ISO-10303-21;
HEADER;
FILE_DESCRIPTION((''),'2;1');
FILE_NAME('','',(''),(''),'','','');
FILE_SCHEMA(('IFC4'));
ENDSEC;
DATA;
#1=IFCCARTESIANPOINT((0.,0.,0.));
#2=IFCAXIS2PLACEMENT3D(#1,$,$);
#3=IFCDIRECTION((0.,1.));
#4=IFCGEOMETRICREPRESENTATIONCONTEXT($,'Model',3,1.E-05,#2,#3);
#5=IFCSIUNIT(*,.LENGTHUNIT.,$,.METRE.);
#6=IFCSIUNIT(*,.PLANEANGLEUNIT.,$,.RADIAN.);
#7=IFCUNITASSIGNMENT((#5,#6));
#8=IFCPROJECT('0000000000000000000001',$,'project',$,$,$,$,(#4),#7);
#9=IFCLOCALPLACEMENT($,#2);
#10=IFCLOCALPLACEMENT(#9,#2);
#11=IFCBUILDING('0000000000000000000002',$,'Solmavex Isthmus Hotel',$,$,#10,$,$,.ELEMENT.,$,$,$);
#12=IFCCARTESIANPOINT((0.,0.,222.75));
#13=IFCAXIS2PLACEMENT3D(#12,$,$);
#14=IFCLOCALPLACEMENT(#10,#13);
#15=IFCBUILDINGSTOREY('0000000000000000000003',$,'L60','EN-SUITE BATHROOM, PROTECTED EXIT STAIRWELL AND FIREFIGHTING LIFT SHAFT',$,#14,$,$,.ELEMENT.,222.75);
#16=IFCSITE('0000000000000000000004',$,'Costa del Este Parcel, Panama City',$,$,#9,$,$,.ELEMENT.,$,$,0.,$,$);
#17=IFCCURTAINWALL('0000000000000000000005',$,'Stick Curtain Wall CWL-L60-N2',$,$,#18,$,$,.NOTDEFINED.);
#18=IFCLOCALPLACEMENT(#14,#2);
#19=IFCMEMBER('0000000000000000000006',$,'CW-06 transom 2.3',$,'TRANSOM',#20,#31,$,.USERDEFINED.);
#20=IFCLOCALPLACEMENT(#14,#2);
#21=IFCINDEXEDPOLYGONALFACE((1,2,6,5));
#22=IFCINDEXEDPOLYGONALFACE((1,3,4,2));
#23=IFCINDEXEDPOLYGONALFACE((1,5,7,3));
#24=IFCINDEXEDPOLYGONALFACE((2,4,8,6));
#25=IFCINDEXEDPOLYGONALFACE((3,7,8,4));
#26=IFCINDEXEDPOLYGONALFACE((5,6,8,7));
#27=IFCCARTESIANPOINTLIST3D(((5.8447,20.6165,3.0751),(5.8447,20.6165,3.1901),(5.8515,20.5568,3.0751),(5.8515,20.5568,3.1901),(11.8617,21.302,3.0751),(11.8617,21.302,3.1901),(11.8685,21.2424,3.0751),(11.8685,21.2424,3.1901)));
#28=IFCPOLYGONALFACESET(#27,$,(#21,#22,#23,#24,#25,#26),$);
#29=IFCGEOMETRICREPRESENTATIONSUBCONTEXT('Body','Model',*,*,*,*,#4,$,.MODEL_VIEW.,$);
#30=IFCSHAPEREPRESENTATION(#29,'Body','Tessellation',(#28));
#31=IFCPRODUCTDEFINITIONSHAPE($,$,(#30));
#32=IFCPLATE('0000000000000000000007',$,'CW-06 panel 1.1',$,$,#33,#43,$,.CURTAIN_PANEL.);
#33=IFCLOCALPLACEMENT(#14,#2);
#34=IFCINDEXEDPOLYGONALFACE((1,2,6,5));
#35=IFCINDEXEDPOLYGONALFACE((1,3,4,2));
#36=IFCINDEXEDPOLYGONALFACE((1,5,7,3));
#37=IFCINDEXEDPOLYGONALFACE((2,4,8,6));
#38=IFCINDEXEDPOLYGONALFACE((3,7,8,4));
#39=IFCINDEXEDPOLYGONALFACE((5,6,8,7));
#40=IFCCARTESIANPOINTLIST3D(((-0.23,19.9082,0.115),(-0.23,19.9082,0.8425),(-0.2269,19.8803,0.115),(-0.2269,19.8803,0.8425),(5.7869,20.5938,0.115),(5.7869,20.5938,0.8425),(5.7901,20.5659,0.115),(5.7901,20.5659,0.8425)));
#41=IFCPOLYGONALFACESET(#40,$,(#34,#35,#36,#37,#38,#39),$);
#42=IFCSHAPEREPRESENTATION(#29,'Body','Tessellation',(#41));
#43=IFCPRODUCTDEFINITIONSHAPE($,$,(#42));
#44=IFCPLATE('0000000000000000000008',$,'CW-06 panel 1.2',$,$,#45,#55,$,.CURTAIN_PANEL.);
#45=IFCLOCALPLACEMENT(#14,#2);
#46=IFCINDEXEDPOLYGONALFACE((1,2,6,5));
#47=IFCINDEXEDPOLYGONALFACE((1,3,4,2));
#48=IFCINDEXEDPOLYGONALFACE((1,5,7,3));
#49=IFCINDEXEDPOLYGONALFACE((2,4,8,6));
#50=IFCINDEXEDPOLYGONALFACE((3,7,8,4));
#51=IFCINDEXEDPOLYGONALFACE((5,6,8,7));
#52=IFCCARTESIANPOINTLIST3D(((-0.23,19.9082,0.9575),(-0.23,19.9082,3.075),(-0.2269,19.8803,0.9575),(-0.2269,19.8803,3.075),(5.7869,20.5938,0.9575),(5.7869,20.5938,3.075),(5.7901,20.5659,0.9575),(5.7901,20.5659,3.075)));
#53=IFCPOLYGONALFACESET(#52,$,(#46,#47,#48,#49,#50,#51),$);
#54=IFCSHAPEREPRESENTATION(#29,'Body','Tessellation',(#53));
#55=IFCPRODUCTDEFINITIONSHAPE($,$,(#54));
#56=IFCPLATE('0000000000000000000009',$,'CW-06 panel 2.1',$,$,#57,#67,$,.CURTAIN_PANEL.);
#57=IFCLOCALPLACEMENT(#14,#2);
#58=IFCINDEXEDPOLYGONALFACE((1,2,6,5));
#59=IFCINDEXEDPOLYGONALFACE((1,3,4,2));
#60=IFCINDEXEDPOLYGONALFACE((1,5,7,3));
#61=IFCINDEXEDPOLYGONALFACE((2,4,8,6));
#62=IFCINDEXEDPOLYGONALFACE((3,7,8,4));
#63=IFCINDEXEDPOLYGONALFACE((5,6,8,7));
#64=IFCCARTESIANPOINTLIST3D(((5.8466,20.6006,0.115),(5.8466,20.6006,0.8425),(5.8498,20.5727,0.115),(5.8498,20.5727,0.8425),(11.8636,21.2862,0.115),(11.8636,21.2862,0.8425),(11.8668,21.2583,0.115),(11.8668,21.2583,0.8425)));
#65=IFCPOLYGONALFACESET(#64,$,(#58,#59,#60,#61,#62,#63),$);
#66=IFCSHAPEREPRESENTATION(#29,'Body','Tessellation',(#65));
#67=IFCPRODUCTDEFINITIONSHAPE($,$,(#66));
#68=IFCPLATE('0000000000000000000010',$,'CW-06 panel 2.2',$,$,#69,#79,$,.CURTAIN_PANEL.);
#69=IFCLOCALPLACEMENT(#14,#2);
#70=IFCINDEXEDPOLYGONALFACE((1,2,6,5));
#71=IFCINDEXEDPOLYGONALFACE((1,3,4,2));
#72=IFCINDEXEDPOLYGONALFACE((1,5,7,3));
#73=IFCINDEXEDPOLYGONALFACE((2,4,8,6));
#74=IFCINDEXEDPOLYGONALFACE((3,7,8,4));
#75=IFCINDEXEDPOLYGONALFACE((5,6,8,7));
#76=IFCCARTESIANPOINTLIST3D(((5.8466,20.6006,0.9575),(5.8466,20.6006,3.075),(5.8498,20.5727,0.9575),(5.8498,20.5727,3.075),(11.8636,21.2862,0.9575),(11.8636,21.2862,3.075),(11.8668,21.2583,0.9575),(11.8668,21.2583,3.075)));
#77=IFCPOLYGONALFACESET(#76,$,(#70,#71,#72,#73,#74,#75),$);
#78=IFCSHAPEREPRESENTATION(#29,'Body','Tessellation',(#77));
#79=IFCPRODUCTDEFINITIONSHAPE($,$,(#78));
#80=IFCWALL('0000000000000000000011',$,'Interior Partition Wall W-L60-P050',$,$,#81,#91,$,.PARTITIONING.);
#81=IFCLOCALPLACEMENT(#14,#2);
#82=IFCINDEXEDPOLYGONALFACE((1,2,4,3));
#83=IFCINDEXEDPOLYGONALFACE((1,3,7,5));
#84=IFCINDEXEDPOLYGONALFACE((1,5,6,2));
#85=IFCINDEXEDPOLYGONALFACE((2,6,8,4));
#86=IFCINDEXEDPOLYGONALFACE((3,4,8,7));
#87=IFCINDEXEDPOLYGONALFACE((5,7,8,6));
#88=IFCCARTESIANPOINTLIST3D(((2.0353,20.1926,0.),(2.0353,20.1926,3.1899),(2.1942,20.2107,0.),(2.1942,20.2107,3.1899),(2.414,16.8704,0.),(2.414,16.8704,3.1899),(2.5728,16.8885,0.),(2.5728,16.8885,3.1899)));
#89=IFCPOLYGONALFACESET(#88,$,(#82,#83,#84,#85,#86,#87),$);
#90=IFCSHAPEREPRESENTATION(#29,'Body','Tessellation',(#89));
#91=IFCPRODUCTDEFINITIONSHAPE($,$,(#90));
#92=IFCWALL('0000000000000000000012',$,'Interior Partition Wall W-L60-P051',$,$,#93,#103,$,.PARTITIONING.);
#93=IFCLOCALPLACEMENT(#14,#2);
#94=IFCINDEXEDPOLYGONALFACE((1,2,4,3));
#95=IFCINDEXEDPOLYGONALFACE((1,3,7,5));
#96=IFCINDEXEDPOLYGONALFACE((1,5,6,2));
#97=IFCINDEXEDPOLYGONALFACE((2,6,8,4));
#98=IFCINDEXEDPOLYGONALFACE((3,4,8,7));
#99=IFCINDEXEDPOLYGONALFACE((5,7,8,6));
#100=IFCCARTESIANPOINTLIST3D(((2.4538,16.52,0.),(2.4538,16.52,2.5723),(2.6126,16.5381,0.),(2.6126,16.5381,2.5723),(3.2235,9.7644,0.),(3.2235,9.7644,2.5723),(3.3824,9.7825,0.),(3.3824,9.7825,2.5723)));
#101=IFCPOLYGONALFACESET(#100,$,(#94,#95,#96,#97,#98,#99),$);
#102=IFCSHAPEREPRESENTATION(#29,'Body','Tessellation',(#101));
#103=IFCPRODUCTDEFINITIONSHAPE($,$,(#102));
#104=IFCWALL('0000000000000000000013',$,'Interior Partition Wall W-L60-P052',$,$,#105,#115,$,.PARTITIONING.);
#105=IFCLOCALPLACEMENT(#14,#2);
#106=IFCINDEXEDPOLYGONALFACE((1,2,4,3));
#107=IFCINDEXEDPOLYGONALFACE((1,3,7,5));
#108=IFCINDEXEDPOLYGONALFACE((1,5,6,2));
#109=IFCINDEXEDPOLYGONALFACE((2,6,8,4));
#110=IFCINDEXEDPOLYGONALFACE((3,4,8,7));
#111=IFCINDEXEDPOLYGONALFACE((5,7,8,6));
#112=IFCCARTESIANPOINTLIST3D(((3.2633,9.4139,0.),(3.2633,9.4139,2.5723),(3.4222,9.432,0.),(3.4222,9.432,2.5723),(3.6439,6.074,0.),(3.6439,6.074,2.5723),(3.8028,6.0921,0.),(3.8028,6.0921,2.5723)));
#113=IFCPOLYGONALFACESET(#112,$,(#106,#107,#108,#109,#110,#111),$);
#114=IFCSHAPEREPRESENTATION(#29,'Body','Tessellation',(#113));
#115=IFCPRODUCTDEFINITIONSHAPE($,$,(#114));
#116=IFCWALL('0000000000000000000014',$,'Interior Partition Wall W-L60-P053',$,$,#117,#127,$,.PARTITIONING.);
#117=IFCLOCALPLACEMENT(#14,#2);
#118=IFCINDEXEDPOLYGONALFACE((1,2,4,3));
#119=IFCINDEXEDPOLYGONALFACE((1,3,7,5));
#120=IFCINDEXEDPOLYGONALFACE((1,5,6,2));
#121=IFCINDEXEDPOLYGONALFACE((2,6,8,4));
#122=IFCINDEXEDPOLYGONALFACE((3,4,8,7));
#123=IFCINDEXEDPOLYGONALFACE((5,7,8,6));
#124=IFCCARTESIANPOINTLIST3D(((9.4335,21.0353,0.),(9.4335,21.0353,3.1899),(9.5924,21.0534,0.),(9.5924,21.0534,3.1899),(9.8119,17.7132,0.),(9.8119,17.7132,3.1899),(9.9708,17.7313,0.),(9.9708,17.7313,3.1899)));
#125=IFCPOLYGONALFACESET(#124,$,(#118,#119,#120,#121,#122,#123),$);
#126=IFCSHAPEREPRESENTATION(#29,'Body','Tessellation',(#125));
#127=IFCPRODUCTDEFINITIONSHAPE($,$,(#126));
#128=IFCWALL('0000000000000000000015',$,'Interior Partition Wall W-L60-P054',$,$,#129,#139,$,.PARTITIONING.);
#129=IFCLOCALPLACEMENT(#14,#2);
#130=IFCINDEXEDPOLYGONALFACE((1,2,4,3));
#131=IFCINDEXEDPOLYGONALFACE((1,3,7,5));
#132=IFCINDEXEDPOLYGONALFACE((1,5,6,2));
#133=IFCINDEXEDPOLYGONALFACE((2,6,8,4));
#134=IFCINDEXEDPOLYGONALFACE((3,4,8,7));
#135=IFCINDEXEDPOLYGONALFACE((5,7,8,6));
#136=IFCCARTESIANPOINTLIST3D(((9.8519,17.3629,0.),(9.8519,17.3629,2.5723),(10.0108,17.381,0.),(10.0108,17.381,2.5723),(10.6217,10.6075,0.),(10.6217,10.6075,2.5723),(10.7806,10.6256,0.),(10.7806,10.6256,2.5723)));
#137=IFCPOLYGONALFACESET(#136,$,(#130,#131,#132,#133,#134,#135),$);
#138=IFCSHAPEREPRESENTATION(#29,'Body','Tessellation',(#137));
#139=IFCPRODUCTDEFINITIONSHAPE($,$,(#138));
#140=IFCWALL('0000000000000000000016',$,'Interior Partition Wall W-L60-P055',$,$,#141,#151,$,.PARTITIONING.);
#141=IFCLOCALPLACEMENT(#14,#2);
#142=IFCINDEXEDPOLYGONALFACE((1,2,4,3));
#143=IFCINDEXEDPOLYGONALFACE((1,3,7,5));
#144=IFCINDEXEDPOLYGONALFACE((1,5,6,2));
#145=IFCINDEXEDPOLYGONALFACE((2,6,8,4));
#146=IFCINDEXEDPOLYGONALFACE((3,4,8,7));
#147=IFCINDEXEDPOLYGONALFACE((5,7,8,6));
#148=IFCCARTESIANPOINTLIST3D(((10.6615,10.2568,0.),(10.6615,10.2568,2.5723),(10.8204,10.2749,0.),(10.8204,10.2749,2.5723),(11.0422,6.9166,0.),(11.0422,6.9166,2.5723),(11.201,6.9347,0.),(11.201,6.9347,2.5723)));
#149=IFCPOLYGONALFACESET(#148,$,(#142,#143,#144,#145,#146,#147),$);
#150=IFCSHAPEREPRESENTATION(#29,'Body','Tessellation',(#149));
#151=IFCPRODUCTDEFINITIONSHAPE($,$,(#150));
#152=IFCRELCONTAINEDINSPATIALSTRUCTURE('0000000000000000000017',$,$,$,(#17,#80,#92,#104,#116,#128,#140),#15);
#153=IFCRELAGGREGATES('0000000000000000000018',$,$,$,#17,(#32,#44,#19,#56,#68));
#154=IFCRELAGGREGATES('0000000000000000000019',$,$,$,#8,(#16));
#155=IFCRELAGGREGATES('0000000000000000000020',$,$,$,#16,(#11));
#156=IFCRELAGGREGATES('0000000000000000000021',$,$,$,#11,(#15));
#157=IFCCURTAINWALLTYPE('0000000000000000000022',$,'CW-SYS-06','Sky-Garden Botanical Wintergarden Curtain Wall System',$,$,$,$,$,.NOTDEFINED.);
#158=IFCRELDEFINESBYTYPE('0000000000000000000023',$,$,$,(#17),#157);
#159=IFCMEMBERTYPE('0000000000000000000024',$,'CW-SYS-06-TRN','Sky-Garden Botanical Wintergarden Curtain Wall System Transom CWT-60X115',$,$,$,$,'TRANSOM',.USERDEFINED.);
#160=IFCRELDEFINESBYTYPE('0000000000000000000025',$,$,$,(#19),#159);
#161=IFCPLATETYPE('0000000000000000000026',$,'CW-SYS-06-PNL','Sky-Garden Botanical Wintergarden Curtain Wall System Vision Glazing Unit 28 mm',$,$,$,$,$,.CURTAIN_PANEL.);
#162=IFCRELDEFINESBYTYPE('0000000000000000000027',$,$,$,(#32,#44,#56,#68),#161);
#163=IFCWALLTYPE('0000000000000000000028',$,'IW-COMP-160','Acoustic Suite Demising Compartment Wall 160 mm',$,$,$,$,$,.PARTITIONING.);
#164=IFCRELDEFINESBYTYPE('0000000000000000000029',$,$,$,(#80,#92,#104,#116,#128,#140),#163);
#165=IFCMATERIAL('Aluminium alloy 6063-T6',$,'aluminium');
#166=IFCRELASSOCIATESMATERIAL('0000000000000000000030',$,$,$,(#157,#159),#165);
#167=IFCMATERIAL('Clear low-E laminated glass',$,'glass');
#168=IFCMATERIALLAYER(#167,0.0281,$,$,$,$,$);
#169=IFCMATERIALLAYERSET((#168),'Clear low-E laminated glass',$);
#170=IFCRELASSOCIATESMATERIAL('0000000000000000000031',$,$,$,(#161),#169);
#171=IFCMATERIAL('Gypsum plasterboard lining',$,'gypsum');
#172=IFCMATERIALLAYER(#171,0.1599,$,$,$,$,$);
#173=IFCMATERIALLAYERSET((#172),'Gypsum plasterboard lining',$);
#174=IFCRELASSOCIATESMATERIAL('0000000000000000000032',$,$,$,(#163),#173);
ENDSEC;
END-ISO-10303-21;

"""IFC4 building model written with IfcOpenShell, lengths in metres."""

from ifc_helpers import new_model, si_unit, direction, frame, frame_2d, origin, origin_2d, place, context, subcontext, project, spatial, rectangle, extrude, material, layer, layer_set, material_profile, profile_set, type_object, element, aggregate, save


model = new_model("IFC4")

# Units and contexts
model_context = context("Model", 3, precision=1e-05, world=origin(), true_north=direction((0.0, 1.0)))
body_context = subcontext(model_context, "Body", "Model", "MODEL_VIEW")
ifc_project = project(units=[si_unit("LENGTHUNIT", "METRE"), si_unit("PLANEANGLEUNIT", "RADIAN")], contexts=[model_context])

# Site, building, storey
site_placement = place(None, origin())
site = spatial("IfcSite", under=ifc_project, at=site_placement, Name="Costa del Este Parcel, Panama City", CompositionType="ELEMENT", RefElevation=0.0)
building_placement = place(site_placement, origin())
building = spatial("IfcBuilding", under=site, at=building_placement, Name="Solmavex Isthmus Hotel", CompositionType="ELEMENT")
storey_placement = place(building_placement, frame((0.0, 0.0, 222.75)))
storey = spatial("IfcBuildingStorey", under=building, at=storey_placement, Name="L60", Description="EN-SUITE BATHROOM, PROTECTED EXIT STAIRWELL AND FIREFIGHTING LIFT SHAFT", CompositionType="ELEMENT", Elevation=222.75)

# Curtain wall, member, plates
ifc_material_1 = material(Name="Aluminium alloy 6063-T6", Category="aluminium")
curtain_wall_type = type_object("IfcCurtainWallType", Name="CW-SYS-06", Description="Sky-Garden Botanical Wintergarden Curtain Wall System", PredefinedType="NOTDEFINED", material=ifc_material_1)
curtain_wall_placement = place(storey_placement, origin())
curtain_wall = element("IfcCurtainWall", 1, at=curtain_wall_placement, inside=storey, type_object=curtain_wall_type, Name="Stick Curtain Wall CWL-L60-N2", PredefinedType="NOTDEFINED")
ifc_material_profile_1 = material_profile(ifc_material_1, rectangle(XDim=0.0601, YDim=0.115, at=origin_2d()), Name="CWT-60X115")
ifc_profile_set_1 = profile_set([ifc_material_profile_1], Name="Aluminium alloy 6063-T6")
member_type_1 = type_object("IfcMemberType", Name="CW-SYS-06-TRN", Description="Sky-Garden Botanical Wintergarden Curtain Wall System Transom CWT-60X115", ElementType="TRANSOM", PredefinedType="USERDEFINED", material=ifc_profile_set_1)
member_1_placement = place(storey_placement, frame((5.8481, 20.5867, 3.1326), z_axis=(0.993572, 0.113201, 0.0), x_axis=(-0.113201, 0.993572, 0.0)))
member_1 = element("IfcMember", 2, at=member_1_placement, type_object=member_type_1, Name="CW-06 transom 2.3", ObjectType="TRANSOM", PredefinedType="USERDEFINED", context=body_context, shape_type="SweptSolid", body=[
    extrude(rectangle(XDim=0.0601, YDim=0.115, at=origin_2d()), origin(), (0.0, 0.0, 1.0), 6.0559),
])
ifc_material_2 = material(Name="Clear low-E laminated glass", Category="glass")
ifc_layer_1 = layer(ifc_material_2, 0.0281)
ifc_layer_set_1 = layer_set([ifc_layer_1], Name="Clear low-E laminated glass")
plate_type = type_object("IfcPlateType", Name="CW-SYS-06-PNL", Description="Sky-Garden Botanical Wintergarden Curtain Wall System Vision Glazing Unit 28 mm", PredefinedType="CURTAIN_PANEL", material=ifc_layer_set_1)
plate_1_placement = place(storey_placement, frame((2.78, 20.2371, 0.115), z_axis=(0.0, 0.0, 1.0), x_axis=(0.993572, 0.113203, 0.0)))
plate_1 = element("IfcPlate", 3, at=plate_1_placement, type_object=plate_type, Name="CW-06 panel 1.1", PredefinedType="CURTAIN_PANEL", context=body_context, shape_type="SweptSolid", body=[
    extrude(rectangle(XDim=6.0559, YDim=0.0281, at=origin_2d()), origin(), (0.0, 0.0, 1.0), 0.7275),
])
plate_2_placement = place(storey_placement, frame((2.78, 20.2371, 0.9575), z_axis=(0.0, 0.0, 1.0), x_axis=(0.993572, 0.113203, 0.0)))
plate_2 = element("IfcPlate", 4, at=plate_2_placement, type_object=plate_type, Name="CW-06 panel 1.2", PredefinedType="CURTAIN_PANEL", context=body_context, shape_type="SweptSolid", body=[
    extrude(rectangle(XDim=6.0559, YDim=0.0281, at=origin_2d()), origin(), (0.0, 0.0, 1.0), 2.1174),
])
plate_3_placement = place(storey_placement, frame((8.8567, 20.9294, 0.115), z_axis=(0.0, 0.0, 1.0), x_axis=(0.993572, 0.113203, 0.0)))
plate_3 = element("IfcPlate", 5, at=plate_3_placement, type_object=plate_type, Name="CW-06 panel 2.1", PredefinedType="CURTAIN_PANEL", context=body_context, shape_type="SweptSolid", body=[
    extrude(rectangle(XDim=6.0559, YDim=0.0281, at=origin_2d()), origin(), (0.0, 0.0, 1.0), 0.7275),
])
plate_4_placement = place(storey_placement, frame((8.8567, 20.9294, 0.9575), z_axis=(0.0, 0.0, 1.0), x_axis=(0.993572, 0.113203, 0.0)))
plate_4 = element("IfcPlate", 6, at=plate_4_placement, type_object=plate_type, Name="CW-06 panel 2.2", PredefinedType="CURTAIN_PANEL", context=body_context, shape_type="SweptSolid", body=[
    extrude(rectangle(XDim=6.0559, YDim=0.0281, at=origin_2d()), origin(), (0.0, 0.0, 1.0), 2.1174),
])
aggregate(curtain_wall, [plate_1, plate_2, member_1, plate_3, plate_4])

# Walls
ifc_material_3 = material(Name="Gypsum plasterboard lining", Category="gypsum")
ifc_layer_2 = layer(ifc_material_3, 0.1599)
ifc_layer_set_2 = layer_set([ifc_layer_2], Name="Gypsum plasterboard lining")
wall_type = type_object("IfcWallType", Name="IW-COMP-160", Description="Acoustic Suite Demising Compartment Wall 160 mm", PredefinedType="PARTITIONING", material=ifc_layer_set_2)
wall_1_placement = place(storey_placement, frame((2.1147, 20.2017, 0.0), z_axis=(0.0, 0.0, 1.0), x_axis=(0.113244, -0.993567, 0.0)))
element("IfcWall", 7, at=wall_1_placement, inside=storey, type_object=wall_type, Name="Interior Partition Wall W-L60-P050", PredefinedType="PARTITIONING", context=body_context, shape_type="SweptSolid", body=[
    extrude(rectangle(XDim=3.3438, YDim=0.1599, at=frame_2d((1.6719, 0.0))), origin(), (0.0, 0.0, 1.0), 3.1899),
])
wall_2_placement = place(storey_placement, frame((2.5332, 16.5291, 0.0), z_axis=(0.0, 0.0, 1.0), x_axis=(0.113213, -0.993571, 0.0)))
element("IfcWall", 8, at=wall_2_placement, inside=storey, type_object=wall_type, Name="Interior Partition Wall W-L60-P051", PredefinedType="PARTITIONING", context=body_context, shape_type="SweptSolid", body=[
    extrude(rectangle(XDim=6.7993, YDim=0.1599, at=frame_2d((3.3997, 0.0))), origin(), (0.0, 0.0, 1.0), 2.5723),
])
wall_3_placement = place(storey_placement, frame((3.3428, 9.4229, 0.0), z_axis=(0.0, 0.0, 1.0), x_axis=(0.113229, -0.993569, 0.0)))
element("IfcWall", 9, at=wall_3_placement, inside=storey, type_object=wall_type, Name="Interior Partition Wall W-L60-P052", PredefinedType="PARTITIONING", context=body_context, shape_type="SweptSolid", body=[
    extrude(rectangle(XDim=3.3616, YDim=0.1599, at=frame_2d((1.6807, 0.0))), origin(), (0.0, 0.0, 1.0), 2.5723),
])
wall_4_placement = place(storey_placement, frame((9.5129, 21.0444, 0.0), z_axis=(0.0, 0.0, 1.0), x_axis=(0.11318, -0.993574, 0.0)))
element("IfcWall", 10, at=wall_4_placement, inside=storey, type_object=wall_type, Name="Interior Partition Wall W-L60-P053", PredefinedType="PARTITIONING", context=body_context, shape_type="SweptSolid", body=[
    extrude(rectangle(XDim=3.3435, YDim=0.1599, at=frame_2d((1.6719, 0.0))), origin(), (0.0, 0.0, 1.0), 3.1899),
])
wall_5_placement = place(storey_placement, frame((9.9314, 17.3718, 0.0), z_axis=(0.0, 0.0, 1.0), x_axis=(0.113217, -0.99357, 0.0)))
element("IfcWall", 11, at=wall_5_placement, inside=storey, type_object=wall_type, Name="Interior Partition Wall W-L60-P054", PredefinedType="PARTITIONING", context=body_context, shape_type="SweptSolid", body=[
    extrude(rectangle(XDim=6.7991, YDim=0.1599, at=frame_2d((3.3994, 0.0))), origin(), (0.0, 0.0, 1.0), 2.5723),
])
wall_6_placement = place(storey_placement, frame((10.741, 10.2659, 0.0), z_axis=(0.0, 0.0, 1.0), x_axis=(0.113221, -0.99357, 0.0)))
element("IfcWall", 12, at=wall_6_placement, inside=storey, type_object=wall_type, Name="Interior Partition Wall W-L60-P055", PredefinedType="PARTITIONING", context=body_context, shape_type="SweptSolid", body=[
    extrude(rectangle(XDim=3.3618, YDim=0.1599, at=frame_2d((1.6809, 0.0))), origin(), (0.0, 0.0, 1.0), 2.5723),
])

save(model, "model.ifc")
